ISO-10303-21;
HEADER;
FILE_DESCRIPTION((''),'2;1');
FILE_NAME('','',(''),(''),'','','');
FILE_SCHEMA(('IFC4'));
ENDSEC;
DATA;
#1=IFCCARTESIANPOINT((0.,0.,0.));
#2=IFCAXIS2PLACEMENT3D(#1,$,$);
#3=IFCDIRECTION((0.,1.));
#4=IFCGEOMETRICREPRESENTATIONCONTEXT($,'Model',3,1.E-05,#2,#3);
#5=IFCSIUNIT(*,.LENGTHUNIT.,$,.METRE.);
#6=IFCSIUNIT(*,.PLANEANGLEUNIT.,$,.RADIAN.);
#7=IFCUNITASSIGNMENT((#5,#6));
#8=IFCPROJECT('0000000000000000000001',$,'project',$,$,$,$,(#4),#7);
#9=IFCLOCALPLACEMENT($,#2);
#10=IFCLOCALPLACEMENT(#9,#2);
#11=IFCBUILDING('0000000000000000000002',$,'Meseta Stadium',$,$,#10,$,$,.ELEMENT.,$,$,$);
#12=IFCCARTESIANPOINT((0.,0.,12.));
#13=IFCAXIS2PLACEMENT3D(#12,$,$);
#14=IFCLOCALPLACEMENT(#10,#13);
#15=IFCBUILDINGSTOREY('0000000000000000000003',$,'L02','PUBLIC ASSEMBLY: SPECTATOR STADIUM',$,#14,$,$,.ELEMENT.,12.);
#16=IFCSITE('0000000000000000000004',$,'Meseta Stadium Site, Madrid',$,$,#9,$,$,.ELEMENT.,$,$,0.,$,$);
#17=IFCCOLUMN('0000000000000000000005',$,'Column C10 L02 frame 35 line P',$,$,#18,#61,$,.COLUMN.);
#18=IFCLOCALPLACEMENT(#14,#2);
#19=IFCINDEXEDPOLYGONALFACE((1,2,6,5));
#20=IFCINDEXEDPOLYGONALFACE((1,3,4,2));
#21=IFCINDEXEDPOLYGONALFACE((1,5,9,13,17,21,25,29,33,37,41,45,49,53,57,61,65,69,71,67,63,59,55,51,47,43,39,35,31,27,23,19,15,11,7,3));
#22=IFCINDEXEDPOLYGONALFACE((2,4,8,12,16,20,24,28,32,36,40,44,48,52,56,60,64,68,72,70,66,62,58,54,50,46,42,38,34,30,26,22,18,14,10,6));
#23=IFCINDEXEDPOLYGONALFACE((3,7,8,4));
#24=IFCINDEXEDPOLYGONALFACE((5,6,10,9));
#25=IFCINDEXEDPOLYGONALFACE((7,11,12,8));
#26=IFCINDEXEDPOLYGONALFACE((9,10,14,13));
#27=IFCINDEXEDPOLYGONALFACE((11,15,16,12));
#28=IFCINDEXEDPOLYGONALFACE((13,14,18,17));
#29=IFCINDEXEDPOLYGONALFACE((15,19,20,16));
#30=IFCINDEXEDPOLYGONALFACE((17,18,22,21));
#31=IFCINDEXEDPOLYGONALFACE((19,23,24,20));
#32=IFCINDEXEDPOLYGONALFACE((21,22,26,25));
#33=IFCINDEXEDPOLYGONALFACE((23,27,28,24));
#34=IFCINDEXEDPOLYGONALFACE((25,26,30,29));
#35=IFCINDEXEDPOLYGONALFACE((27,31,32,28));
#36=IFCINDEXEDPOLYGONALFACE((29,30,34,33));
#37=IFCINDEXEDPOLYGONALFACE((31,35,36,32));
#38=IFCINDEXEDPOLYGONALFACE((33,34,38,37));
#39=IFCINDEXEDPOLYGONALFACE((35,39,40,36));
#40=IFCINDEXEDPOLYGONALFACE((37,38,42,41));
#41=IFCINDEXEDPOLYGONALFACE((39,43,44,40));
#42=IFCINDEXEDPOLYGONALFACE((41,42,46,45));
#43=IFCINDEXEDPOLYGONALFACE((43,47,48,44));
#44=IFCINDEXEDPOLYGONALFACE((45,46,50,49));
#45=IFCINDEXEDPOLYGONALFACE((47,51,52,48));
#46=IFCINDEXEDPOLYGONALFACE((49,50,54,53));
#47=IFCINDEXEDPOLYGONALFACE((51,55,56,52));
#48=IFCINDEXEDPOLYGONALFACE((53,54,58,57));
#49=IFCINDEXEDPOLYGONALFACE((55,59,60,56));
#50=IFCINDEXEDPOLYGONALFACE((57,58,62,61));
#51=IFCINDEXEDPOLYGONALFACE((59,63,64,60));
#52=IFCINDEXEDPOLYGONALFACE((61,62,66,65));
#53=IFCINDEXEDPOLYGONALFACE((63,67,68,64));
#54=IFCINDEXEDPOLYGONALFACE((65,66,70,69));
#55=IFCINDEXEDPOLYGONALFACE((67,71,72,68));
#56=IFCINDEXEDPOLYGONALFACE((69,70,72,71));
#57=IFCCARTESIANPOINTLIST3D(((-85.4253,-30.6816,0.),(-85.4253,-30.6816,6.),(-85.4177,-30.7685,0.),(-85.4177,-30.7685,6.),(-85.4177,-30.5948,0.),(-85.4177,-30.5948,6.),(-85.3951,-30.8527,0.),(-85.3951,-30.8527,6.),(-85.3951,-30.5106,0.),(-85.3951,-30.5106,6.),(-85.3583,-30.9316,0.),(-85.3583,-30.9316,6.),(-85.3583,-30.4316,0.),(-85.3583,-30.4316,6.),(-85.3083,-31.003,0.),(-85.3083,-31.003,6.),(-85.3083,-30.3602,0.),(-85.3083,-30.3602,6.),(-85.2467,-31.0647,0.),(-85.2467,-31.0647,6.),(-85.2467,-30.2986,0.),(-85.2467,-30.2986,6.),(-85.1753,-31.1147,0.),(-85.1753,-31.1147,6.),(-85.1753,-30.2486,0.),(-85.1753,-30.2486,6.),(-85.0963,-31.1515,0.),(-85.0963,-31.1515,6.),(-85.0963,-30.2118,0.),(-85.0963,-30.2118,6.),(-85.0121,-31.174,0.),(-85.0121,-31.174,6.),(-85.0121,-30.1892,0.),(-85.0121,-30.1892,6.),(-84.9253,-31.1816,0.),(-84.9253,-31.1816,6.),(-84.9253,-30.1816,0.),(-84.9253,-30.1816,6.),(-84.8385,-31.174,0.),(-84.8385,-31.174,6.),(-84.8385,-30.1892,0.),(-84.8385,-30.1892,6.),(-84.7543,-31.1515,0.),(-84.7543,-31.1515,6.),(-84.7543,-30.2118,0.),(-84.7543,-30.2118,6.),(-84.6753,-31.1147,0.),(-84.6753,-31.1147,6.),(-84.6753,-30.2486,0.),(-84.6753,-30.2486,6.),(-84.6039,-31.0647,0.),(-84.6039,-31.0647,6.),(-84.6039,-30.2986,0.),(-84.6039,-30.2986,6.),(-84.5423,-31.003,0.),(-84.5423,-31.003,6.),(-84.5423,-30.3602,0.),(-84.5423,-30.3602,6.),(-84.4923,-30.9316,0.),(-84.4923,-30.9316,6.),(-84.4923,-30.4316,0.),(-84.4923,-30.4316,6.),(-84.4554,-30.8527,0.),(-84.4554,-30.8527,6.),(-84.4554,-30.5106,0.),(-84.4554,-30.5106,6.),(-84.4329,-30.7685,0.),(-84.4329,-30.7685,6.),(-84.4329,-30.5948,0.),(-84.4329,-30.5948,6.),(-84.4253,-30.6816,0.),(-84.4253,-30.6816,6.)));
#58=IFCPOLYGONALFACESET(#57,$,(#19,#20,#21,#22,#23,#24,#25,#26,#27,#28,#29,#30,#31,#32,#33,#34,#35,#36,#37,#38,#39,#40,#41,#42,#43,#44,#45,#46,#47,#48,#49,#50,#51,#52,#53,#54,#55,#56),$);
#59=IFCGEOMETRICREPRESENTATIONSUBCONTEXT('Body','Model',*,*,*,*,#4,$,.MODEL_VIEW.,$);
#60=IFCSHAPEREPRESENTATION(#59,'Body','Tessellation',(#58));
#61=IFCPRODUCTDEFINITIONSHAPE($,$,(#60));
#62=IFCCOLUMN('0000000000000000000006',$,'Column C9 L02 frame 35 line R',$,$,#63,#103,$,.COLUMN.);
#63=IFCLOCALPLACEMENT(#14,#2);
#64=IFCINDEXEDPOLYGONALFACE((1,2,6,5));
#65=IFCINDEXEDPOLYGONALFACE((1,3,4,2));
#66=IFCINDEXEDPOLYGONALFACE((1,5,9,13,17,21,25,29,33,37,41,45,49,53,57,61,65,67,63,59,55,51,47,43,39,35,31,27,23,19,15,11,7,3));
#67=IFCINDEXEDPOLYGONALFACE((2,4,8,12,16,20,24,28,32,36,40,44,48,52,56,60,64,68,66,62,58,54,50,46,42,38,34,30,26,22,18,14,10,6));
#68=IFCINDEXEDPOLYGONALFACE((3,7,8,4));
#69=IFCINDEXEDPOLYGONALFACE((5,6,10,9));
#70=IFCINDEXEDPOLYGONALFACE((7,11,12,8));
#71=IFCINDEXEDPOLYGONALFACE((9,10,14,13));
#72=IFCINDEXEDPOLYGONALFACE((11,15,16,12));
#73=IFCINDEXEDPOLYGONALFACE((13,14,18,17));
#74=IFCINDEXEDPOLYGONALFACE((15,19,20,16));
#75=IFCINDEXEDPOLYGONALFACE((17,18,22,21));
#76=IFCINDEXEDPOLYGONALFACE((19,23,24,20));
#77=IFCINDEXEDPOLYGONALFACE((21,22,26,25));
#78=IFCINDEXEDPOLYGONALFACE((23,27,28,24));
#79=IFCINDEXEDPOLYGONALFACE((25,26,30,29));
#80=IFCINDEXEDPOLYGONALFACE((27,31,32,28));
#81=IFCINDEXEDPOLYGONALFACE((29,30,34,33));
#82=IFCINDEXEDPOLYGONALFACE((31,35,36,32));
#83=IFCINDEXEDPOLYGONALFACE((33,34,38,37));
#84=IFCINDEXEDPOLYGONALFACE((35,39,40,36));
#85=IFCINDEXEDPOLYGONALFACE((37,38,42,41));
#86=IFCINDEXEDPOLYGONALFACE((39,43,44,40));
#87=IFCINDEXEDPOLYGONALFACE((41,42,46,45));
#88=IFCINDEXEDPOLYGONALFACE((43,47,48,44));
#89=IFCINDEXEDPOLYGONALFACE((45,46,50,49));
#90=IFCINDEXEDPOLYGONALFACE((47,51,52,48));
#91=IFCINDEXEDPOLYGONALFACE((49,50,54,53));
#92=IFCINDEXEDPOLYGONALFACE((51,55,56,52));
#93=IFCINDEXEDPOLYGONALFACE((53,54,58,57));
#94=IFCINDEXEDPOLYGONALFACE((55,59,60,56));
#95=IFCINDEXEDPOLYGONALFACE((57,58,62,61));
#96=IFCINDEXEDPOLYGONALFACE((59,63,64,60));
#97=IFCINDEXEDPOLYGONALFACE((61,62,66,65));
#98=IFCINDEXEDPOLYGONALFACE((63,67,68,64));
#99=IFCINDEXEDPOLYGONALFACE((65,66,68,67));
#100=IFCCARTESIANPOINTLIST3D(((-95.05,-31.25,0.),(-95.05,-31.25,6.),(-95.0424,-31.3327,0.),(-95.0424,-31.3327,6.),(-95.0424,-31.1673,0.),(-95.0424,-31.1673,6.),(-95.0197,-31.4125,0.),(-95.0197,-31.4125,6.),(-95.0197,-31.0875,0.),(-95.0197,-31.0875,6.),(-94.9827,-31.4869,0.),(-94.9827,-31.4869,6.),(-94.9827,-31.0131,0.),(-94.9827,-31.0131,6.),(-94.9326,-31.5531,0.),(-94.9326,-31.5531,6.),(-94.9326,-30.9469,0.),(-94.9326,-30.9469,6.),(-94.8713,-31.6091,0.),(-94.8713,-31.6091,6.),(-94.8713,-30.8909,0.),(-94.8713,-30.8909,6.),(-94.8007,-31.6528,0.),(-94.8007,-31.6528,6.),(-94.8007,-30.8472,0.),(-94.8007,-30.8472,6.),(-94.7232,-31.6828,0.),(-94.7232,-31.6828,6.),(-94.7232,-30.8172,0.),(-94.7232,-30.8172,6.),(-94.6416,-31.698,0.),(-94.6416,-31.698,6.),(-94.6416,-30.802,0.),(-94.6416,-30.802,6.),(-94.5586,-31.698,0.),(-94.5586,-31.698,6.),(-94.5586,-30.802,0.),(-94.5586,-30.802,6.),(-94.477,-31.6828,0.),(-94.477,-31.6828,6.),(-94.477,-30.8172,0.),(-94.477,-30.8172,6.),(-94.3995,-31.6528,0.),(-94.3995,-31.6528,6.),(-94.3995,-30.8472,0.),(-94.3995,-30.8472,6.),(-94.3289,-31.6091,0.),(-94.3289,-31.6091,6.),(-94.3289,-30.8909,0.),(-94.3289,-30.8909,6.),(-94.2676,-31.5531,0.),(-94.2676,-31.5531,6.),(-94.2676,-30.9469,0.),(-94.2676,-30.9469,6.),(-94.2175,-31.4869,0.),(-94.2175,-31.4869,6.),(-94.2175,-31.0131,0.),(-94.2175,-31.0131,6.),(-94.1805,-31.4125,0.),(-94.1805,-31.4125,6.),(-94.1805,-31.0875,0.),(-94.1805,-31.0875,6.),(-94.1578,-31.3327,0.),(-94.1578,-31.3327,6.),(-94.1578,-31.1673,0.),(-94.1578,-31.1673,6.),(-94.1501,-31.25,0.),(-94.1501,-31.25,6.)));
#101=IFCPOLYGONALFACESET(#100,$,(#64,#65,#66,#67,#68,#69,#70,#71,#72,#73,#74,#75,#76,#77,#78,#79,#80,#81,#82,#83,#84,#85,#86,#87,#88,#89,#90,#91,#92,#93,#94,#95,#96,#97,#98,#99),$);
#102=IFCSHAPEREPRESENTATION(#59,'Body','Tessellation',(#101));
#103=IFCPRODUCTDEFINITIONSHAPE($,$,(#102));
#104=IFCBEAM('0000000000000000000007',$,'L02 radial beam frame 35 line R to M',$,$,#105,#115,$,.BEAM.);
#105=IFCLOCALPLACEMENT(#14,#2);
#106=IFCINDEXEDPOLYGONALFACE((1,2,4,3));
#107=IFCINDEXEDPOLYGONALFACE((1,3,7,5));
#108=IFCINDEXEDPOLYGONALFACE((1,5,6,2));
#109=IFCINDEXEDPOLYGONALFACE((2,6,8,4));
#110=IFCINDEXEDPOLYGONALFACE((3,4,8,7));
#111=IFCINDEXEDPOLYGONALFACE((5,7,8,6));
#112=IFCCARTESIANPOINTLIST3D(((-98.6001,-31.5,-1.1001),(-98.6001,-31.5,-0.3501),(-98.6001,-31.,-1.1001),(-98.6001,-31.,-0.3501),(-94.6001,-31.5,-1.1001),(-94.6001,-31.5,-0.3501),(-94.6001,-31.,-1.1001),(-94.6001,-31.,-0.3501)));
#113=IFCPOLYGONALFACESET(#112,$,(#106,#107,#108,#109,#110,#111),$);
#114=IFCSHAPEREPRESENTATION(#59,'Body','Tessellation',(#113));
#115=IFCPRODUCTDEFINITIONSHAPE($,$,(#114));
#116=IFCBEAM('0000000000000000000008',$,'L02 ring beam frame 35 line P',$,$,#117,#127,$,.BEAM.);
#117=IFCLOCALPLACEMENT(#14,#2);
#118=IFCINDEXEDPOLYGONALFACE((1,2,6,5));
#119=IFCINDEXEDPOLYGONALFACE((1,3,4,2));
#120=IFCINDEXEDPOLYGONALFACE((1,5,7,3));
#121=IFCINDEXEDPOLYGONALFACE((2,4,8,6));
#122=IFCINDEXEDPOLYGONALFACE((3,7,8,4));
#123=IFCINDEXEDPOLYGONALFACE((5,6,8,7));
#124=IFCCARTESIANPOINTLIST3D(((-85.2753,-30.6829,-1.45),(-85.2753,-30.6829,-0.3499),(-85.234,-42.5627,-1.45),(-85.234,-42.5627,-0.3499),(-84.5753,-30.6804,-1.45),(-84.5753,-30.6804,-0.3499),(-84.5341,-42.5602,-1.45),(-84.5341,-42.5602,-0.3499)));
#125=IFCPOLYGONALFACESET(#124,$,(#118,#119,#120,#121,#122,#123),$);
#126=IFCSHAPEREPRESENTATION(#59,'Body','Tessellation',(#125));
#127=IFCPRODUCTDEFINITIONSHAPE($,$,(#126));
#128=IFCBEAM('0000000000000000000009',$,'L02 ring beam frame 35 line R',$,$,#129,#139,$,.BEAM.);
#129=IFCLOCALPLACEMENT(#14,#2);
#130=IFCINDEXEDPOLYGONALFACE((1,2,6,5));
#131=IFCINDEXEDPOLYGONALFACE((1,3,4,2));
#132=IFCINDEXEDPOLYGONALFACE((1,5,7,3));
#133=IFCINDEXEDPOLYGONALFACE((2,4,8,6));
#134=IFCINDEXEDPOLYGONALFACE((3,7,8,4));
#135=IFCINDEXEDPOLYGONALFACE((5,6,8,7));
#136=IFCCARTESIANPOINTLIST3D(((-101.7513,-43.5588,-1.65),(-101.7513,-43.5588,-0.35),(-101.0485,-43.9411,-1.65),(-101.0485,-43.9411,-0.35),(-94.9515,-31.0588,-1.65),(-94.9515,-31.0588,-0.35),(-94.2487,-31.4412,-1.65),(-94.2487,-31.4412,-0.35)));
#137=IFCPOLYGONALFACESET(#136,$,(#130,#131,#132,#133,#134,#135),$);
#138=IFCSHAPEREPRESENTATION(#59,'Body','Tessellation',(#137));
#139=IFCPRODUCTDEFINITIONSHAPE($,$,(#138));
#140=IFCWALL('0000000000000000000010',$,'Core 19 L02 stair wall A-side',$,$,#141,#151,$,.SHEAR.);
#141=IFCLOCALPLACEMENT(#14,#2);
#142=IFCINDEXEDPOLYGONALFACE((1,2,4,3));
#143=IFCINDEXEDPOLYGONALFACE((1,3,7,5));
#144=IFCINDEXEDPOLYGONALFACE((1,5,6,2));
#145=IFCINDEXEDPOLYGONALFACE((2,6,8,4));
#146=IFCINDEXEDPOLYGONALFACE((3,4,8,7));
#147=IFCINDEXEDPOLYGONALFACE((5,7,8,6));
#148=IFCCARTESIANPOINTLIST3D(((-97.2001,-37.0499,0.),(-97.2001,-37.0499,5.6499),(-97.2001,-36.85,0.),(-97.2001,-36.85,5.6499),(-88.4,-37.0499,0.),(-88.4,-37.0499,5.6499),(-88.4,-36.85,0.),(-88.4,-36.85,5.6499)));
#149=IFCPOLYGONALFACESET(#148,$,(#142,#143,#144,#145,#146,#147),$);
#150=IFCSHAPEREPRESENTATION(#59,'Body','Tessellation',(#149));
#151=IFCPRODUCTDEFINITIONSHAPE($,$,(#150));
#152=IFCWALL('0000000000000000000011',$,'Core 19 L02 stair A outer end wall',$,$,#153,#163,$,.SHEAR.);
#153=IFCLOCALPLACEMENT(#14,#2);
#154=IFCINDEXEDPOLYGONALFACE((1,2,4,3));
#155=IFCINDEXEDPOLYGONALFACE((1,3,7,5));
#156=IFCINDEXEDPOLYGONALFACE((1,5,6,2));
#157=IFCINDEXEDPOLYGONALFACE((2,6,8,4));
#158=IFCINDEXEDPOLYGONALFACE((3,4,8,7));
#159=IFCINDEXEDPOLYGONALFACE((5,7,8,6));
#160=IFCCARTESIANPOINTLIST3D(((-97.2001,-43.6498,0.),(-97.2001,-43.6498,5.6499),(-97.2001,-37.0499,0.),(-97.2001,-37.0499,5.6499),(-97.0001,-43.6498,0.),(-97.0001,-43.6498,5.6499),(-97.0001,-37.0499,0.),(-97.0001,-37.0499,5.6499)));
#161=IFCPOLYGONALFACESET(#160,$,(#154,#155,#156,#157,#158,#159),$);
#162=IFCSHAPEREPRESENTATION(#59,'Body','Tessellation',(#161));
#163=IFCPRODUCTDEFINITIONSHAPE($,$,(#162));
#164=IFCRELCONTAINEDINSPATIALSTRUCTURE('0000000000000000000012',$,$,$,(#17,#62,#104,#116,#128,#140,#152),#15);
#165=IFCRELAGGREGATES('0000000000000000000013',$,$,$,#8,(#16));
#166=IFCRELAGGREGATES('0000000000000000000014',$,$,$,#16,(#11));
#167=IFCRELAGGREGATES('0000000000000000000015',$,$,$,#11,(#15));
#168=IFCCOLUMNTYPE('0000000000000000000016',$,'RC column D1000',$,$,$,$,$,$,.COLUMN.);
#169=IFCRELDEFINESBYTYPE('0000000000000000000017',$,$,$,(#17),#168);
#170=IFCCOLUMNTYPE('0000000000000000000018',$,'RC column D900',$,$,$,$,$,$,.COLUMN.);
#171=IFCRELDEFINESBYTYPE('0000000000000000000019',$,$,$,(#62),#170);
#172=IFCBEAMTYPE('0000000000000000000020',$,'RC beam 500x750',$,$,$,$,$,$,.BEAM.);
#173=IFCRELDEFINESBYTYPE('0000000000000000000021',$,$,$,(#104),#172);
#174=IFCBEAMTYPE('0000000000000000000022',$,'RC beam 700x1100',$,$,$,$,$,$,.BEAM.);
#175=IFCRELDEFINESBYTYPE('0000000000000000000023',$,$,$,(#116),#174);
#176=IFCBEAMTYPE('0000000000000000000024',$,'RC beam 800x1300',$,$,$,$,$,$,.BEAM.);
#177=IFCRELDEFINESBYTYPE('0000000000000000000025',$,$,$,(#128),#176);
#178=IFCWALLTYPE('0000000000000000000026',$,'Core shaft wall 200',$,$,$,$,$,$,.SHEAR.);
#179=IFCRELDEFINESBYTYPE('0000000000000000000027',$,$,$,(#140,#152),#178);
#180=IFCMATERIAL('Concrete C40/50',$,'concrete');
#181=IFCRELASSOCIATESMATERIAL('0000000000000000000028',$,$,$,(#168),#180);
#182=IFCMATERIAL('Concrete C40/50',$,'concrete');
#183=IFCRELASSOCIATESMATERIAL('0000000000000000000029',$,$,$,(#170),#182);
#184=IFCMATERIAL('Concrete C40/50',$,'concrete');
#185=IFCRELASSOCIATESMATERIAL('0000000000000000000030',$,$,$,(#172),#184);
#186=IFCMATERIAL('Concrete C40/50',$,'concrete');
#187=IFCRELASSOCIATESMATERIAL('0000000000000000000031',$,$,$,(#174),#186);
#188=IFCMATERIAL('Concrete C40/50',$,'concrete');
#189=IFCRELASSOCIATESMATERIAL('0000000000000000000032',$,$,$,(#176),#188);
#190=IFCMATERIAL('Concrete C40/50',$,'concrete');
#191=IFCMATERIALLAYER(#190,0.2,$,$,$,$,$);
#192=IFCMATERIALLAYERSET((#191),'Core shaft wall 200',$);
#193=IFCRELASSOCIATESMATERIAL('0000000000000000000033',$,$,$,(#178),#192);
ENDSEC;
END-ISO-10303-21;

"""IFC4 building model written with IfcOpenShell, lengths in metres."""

from ifc_helpers import new_model, si_unit, direction, frame, frame_2d, origin, origin_2d, place, context, subcontext, project, spatial, rectangle, circle, extrude, material, layer, layer_set, material_profile, profile_set, type_object, element, save


model = new_model("IFC4")

# Units and contexts
model_context = context("Model", 3, precision=1e-05, world=origin(), true_north=direction((0.0, 1.0)))
body_context = subcontext(model_context, "Body", "Model", "MODEL_VIEW")
ifc_project = project(units=[si_unit("LENGTHUNIT", "METRE"), si_unit("PLANEANGLEUNIT", "RADIAN")], contexts=[model_context])

# Site, building, storey
site_placement = place(None, origin())
site = spatial("IfcSite", under=ifc_project, at=site_placement, Name="Meseta Stadium Site, Madrid", CompositionType="ELEMENT", RefElevation=0.0)
building_placement = place(site_placement, origin())
building = spatial("IfcBuilding", under=site, at=building_placement, Name="Meseta Stadium", CompositionType="ELEMENT")
storey_placement = place(building_placement, frame((0.0, 0.0, 12.0)))
storey = spatial("IfcBuildingStorey", under=building, at=storey_placement, Name="L02", Description="PUBLIC ASSEMBLY: SPECTATOR STADIUM", CompositionType="ELEMENT", Elevation=12.0)

# Columns
ifc_material_1 = material(Name="Concrete C40/50", Category="concrete")
ifc_material_profile_1 = material_profile(ifc_material_1, circle(Radius=0.5, at=origin_2d()), Name="RC D1000")
ifc_profile_set_1 = profile_set([ifc_material_profile_1], Name="Concrete C40/50")
column_type_1 = type_object("IfcColumnType", Name="RC column D1000", PredefinedType="COLUMN", material=ifc_profile_set_1)
column_1_placement = place(storey_placement, frame((-84.9253, -30.6816, 0.0), z_axis=(0.0, 0.0, 1.0), x_axis=(1.0, 0.0, 0.0)))
element("IfcColumn", 1, at=column_1_placement, inside=storey, type_object=column_type_1, Name="Column C10 L02 frame 35 line P", PredefinedType="COLUMN", context=body_context, shape_type="SweptSolid", body=[
    extrude(circle(Radius=0.5, at=origin_2d()), origin(), (0.0, 0.0, 1.0), 6.0),
])
ifc_material_2 = material(Name="Concrete C40/50", Category="concrete")
ifc_material_profile_2 = material_profile(ifc_material_2, circle(Radius=0.45, at=origin_2d()), Name="RC D900")
ifc_profile_set_2 = profile_set([ifc_material_profile_2], Name="Concrete C40/50")
column_type_2 = type_object("IfcColumnType", Name="RC column D900", PredefinedType="COLUMN", material=ifc_profile_set_2)
column_2_placement = place(storey_placement, frame((-94.6001, -31.25, 0.0), z_axis=(0.0, 0.0, 1.0), x_axis=(1.0, 0.0, 0.0)))
element("IfcColumn", 2, at=column_2_placement, inside=storey, type_object=column_type_2, Name="Column C9 L02 frame 35 line R", PredefinedType="COLUMN", context=body_context, shape_type="SweptSolid", body=[
    extrude(circle(Radius=0.45, at=origin_2d()), origin(), (0.0, 0.0, 1.0), 6.0),
])

# Beams
ifc_material_3 = material(Name="Concrete C40/50", Category="concrete")
ifc_material_profile_3 = material_profile(ifc_material_3, rectangle(XDim=0.5, YDim=0.75, at=origin_2d()), Name="RC 500x750")
ifc_profile_set_3 = profile_set([ifc_material_profile_3], Name="Concrete C40/50")
beam_type_1 = type_object("IfcBeamType", Name="RC beam 500x750", PredefinedType="BEAM", material=ifc_profile_set_3)
beam_1_placement = place(storey_placement, frame((-94.6001, -31.25, -0.7251), z_axis=(-1.0, 0.0, 0.0), x_axis=(0.0, -1.0, 0.0)))
element("IfcBeam", 3, at=beam_1_placement, inside=storey, type_object=beam_type_1, Name="L02 radial beam frame 35 line R to M", PredefinedType="BEAM", context=body_context, shape_type="SweptSolid", body=[
    extrude(rectangle(XDim=0.5, YDim=0.75, at=origin_2d()), origin(), (0.0, 0.0, 1.0), 4.0),
])
ifc_material_4 = material(Name="Concrete C40/50", Category="concrete")
ifc_material_profile_4 = material_profile(ifc_material_4, rectangle(XDim=0.7, YDim=1.1001, at=origin_2d()), Name="RC 700x1100")
ifc_profile_set_4 = profile_set([ifc_material_profile_4], Name="Concrete C40/50")
beam_type_2 = type_object("IfcBeamType", Name="RC beam 700x1100", PredefinedType="BEAM", material=ifc_profile_set_4)
beam_2_placement = place(storey_placement, frame((-84.9253, -30.6816, -0.8999), z_axis=(0.003473, -0.999994, 0.0), x_axis=(0.999994, 0.003473, 0.0)))
element("IfcBeam", 4, at=beam_2_placement, inside=storey, type_object=beam_type_2, Name="L02 ring beam frame 35 line P", PredefinedType="BEAM", context=body_context, shape_type="SweptSolid", body=[
    extrude(rectangle(XDim=0.7, YDim=1.1001, at=origin_2d()), origin(), (0.0, 0.0, 1.0), 11.8799),
])
ifc_material_5 = material(Name="Concrete C40/50", Category="concrete")
ifc_material_profile_5 = material_profile(ifc_material_5, rectangle(XDim=0.8, YDim=1.3, at=origin_2d()), Name="RC 800x1300")
ifc_profile_set_5 = profile_set([ifc_material_profile_5], Name="Concrete C40/50")
beam_type_3 = type_object("IfcBeamType", Name="RC beam 800x1300", PredefinedType="BEAM", material=ifc_profile_set_5)
beam_3_placement = place(storey_placement, frame((-94.6001, -31.25, -1.0), z_axis=(-0.477856, -0.878438, 0.0), x_axis=(0.878438, -0.477856, 0.0)))
element("IfcBeam", 5, at=beam_3_placement, inside=storey, type_object=beam_type_3, Name="L02 ring beam frame 35 line R", PredefinedType="BEAM", context=body_context, shape_type="SweptSolid", body=[
    extrude(rectangle(XDim=0.8, YDim=1.3, at=origin_2d()), origin(), (0.0, 0.0, 1.0), 14.2297),
])

# Walls
ifc_material_6 = material(Name="Concrete C40/50", Category="concrete")
ifc_layer_1 = layer(ifc_material_6, 0.2)
ifc_layer_set_1 = layer_set([ifc_layer_1], Name="Core shaft wall 200")
wall_type_1 = type_object("IfcWallType", Name="Core shaft wall 200", PredefinedType="SHEAR", material=ifc_layer_set_1)
wall_1_placement = place(storey_placement, frame((-97.2, -36.95, 0.0), z_axis=(0.0, 0.0, 1.0), x_axis=(1.0, 0.0, 0.0)))
element("IfcWall", 6, at=wall_1_placement, inside=storey, type_object=wall_type_1, Name="Core 19 L02 stair wall A-side", PredefinedType="SHEAR", context=body_context, shape_type="SweptSolid", body=[
    extrude(rectangle(XDim=8.8, YDim=0.2, at=frame_2d((4.3999, 0.0))), origin(), (0.0, 0.0, 1.0), 5.6499),
])
wall_2_placement = place(storey_placement, frame((-97.1001, -37.05, 0.0), z_axis=(0.0, 0.0, 1.0), x_axis=(0.0, -1.0, 0.0)))
element("IfcWall", 7, at=wall_2_placement, inside=storey, type_object=wall_type_1, Name="Core 19 L02 stair A outer end wall", PredefinedType="SHEAR", context=body_context, shape_type="SweptSolid", body=[
    extrude(rectangle(XDim=6.5999, YDim=0.2, at=frame_2d((3.2998, 0.0))), origin(), (0.0, 0.0, 1.0), 5.6499),
])

save(model, "model.ifc")
